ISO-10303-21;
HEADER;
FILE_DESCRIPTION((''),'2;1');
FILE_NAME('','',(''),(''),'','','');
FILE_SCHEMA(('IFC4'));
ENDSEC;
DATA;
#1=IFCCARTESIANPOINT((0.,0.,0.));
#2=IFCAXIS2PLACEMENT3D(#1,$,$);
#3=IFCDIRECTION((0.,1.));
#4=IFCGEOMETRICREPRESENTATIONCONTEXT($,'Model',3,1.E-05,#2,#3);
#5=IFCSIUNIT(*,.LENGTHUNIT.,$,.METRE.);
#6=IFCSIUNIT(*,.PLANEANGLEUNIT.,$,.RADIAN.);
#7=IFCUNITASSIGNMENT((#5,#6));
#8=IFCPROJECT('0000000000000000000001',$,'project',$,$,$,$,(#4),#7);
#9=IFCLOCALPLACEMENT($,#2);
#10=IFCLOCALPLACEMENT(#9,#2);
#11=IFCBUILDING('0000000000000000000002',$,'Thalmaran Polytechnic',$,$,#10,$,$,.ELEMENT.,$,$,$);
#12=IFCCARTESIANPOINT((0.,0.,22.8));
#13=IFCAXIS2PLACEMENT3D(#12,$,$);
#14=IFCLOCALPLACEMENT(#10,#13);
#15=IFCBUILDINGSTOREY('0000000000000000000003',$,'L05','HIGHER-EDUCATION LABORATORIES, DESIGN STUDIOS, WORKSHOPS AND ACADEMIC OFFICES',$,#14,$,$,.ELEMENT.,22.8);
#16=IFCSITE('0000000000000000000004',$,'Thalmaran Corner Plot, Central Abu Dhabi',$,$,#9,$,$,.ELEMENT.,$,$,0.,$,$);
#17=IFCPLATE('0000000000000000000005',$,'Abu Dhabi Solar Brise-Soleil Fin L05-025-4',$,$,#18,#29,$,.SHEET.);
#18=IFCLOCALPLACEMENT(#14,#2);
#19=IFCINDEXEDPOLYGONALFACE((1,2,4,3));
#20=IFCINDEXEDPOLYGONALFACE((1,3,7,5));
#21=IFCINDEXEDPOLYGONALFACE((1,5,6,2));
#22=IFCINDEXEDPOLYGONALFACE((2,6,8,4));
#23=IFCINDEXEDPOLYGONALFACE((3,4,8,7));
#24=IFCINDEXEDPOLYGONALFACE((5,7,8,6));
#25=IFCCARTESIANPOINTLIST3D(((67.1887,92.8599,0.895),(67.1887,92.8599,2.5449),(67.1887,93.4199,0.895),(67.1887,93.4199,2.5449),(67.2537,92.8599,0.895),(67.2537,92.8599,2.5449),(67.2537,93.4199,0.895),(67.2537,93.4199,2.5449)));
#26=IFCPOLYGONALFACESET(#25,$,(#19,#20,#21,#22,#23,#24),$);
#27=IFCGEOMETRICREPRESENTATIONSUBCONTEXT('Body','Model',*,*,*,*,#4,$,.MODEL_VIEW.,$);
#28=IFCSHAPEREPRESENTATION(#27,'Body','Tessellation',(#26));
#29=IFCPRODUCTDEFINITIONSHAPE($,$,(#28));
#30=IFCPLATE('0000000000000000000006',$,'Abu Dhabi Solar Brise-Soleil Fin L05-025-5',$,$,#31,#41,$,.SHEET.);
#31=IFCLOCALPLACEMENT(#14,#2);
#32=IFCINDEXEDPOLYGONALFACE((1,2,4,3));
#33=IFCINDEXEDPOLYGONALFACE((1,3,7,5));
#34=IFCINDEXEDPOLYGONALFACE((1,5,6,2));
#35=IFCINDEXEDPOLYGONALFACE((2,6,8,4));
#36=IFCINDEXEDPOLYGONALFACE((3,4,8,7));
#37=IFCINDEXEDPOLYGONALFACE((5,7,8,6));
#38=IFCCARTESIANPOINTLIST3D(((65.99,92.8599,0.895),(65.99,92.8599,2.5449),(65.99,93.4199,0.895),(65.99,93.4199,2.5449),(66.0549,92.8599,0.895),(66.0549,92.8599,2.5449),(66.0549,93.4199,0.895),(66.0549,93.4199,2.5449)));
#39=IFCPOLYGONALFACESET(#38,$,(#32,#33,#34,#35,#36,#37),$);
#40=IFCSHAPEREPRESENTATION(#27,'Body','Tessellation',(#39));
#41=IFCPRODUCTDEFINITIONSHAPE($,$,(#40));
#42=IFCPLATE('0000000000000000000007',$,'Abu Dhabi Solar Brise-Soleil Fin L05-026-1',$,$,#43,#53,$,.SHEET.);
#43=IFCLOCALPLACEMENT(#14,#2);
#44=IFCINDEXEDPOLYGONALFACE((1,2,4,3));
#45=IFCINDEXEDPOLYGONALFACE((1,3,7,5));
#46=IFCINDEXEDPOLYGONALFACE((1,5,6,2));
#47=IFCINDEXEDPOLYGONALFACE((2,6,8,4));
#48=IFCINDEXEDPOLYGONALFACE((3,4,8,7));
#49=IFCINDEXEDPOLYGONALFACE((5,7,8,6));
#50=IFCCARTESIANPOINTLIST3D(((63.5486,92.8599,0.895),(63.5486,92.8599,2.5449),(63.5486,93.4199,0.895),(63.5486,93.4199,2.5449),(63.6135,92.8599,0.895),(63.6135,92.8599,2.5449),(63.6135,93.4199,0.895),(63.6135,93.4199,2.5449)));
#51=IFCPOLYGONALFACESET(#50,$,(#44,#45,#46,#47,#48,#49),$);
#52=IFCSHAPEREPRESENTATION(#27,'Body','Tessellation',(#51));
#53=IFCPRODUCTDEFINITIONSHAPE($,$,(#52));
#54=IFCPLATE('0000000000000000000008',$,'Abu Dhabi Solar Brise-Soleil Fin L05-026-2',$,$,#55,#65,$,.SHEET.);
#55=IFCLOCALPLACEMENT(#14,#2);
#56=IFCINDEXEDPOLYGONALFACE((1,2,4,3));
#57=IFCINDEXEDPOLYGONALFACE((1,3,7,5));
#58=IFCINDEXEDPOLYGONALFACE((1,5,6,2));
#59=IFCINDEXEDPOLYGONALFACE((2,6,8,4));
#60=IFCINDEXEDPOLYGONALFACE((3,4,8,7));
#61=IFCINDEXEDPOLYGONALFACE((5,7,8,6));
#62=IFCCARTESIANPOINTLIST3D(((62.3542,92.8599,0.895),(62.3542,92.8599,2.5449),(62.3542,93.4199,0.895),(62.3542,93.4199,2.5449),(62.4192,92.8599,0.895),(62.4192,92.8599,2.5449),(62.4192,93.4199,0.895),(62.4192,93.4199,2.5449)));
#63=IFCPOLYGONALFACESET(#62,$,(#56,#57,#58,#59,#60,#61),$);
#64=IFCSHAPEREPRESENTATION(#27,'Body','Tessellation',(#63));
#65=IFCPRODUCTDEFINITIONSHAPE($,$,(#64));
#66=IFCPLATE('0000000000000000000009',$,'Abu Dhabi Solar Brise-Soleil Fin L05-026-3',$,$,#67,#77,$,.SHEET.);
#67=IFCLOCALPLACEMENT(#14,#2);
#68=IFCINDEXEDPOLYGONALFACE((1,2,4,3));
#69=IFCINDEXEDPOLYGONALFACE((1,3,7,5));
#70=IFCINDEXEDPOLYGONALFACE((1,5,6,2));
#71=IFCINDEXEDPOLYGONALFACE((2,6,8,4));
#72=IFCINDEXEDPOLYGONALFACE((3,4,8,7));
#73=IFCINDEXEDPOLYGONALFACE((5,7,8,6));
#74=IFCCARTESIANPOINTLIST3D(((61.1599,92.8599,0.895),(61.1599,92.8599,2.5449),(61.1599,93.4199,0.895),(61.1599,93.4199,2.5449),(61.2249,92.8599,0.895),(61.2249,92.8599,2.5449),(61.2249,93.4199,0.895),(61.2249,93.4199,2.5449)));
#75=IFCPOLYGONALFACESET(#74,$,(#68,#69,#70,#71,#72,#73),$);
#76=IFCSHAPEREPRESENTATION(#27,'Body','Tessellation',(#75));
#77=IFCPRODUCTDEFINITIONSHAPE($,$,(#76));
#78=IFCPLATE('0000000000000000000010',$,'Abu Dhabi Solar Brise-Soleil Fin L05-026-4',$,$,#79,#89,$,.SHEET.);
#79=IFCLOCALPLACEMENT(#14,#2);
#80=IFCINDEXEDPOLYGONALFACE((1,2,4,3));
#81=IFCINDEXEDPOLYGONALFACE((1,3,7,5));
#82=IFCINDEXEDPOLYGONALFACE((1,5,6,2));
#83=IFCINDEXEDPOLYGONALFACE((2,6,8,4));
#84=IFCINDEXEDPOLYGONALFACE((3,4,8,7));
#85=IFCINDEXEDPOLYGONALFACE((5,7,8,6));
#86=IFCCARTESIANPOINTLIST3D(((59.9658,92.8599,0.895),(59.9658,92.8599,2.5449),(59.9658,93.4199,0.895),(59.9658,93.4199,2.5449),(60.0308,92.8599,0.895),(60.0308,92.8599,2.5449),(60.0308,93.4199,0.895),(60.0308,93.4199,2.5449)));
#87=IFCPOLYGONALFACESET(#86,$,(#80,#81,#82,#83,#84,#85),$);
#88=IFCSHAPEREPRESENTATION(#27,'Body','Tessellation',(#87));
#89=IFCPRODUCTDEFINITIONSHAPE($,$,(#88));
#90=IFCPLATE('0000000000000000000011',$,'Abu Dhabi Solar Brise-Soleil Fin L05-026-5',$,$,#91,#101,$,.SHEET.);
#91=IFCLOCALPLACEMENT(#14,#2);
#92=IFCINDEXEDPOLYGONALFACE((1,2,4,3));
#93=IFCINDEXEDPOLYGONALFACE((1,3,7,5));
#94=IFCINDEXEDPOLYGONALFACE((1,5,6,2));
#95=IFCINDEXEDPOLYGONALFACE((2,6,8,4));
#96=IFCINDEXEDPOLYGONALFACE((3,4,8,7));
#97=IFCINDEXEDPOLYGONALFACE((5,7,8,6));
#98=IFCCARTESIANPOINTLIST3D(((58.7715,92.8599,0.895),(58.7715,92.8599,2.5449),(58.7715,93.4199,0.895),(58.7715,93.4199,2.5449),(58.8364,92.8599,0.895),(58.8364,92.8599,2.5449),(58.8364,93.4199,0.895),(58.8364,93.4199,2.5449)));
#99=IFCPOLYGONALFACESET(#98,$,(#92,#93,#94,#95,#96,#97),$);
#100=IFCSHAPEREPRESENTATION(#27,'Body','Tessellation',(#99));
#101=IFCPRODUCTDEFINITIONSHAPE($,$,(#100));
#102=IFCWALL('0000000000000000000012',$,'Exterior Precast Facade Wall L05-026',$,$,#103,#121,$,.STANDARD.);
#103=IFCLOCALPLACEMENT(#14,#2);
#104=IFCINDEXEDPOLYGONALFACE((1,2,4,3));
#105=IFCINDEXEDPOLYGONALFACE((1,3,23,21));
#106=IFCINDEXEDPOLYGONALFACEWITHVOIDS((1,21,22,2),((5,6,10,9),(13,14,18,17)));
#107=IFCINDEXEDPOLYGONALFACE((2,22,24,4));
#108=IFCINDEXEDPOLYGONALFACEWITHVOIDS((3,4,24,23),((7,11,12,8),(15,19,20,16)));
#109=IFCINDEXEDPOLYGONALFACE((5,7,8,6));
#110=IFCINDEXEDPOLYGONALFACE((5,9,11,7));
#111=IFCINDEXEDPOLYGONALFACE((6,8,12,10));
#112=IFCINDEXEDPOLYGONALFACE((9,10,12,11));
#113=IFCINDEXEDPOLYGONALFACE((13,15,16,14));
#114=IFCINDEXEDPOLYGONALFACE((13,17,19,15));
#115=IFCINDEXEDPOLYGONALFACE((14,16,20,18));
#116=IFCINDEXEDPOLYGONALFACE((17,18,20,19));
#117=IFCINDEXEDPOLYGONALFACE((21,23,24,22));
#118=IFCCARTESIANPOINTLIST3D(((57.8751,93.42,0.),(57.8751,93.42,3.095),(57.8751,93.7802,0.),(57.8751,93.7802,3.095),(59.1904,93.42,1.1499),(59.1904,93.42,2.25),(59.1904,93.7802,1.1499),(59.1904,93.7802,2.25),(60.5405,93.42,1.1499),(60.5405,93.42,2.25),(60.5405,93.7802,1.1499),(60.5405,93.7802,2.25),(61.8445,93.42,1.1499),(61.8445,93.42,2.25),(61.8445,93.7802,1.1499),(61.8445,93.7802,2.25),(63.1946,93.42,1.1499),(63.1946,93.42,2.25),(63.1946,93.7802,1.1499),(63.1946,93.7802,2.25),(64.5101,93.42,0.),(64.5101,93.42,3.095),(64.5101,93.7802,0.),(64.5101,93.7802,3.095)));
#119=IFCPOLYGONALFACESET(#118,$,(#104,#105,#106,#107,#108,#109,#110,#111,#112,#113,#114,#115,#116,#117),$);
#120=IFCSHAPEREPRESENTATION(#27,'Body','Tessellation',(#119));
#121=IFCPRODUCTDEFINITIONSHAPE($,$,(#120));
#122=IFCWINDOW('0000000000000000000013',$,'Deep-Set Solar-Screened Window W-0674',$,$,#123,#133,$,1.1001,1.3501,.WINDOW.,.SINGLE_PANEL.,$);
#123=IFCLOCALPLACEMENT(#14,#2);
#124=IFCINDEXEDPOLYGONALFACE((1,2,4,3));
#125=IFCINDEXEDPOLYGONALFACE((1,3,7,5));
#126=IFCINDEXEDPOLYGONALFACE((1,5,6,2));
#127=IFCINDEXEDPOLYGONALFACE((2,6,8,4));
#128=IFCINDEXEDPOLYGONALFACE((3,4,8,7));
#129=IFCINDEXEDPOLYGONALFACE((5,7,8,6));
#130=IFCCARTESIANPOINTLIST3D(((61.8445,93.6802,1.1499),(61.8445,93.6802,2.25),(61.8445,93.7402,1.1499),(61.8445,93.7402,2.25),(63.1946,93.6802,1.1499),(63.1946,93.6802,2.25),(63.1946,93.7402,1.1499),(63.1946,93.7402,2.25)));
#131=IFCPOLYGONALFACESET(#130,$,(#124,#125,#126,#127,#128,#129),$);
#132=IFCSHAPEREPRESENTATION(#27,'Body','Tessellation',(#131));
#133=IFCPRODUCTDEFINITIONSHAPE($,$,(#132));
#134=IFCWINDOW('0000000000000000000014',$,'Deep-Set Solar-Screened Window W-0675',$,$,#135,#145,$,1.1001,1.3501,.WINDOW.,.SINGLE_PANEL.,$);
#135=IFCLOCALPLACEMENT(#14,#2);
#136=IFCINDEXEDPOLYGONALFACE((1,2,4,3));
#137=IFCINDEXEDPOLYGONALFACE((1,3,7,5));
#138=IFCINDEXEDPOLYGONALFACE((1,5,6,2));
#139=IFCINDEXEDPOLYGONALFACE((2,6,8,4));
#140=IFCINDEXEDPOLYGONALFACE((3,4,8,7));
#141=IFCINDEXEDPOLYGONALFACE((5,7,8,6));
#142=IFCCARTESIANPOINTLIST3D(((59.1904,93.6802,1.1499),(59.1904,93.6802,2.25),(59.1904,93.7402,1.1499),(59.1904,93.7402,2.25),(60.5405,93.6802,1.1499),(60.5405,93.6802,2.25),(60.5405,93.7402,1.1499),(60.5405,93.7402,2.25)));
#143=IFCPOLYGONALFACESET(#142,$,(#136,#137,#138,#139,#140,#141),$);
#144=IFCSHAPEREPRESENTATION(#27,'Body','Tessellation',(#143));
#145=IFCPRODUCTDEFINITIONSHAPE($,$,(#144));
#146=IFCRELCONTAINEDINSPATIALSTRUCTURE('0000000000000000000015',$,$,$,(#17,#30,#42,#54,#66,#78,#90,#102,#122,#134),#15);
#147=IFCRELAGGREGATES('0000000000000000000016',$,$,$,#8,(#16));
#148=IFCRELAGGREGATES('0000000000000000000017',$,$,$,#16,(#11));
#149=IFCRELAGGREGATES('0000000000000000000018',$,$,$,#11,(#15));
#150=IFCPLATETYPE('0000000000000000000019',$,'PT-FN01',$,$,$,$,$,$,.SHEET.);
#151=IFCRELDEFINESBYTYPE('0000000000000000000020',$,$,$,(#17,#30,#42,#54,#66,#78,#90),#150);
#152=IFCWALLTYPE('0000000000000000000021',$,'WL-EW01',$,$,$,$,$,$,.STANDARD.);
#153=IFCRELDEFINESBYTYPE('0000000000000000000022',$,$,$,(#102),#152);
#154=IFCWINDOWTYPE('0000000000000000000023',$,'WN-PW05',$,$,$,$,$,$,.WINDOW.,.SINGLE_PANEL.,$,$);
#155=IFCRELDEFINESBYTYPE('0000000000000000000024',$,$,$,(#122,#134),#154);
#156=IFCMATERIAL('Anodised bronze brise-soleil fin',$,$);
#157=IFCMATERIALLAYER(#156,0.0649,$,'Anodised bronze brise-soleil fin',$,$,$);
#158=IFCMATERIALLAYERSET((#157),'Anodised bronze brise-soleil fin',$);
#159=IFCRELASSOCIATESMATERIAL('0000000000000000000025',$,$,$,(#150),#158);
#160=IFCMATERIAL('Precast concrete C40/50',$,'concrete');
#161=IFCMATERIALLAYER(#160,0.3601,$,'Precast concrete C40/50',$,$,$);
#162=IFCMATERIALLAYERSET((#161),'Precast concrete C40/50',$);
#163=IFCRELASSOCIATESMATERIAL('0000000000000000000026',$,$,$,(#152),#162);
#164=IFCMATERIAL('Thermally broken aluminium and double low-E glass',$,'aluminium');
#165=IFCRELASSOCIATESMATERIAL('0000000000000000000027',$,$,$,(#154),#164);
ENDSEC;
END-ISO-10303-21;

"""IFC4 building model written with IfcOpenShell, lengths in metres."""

from ifc_helpers import new_model, si_unit, direction, frame, frame_2d, origin, origin_2d, place, context, subcontext, project, spatial, rectangle, extrude, material, layer, layer_set, type_object, element, fill, save


model = new_model("IFC4")

# Units and contexts
model_context = context("Model", 3, precision=1e-05, world=origin(), true_north=direction((0.0, 1.0)))
body_context = subcontext(model_context, "Body", "Model", "MODEL_VIEW")
ifc_project = project(units=[si_unit("LENGTHUNIT", "METRE"), si_unit("PLANEANGLEUNIT", "RADIAN")], contexts=[model_context])

# Site, building, storey
site_placement = place(None, origin())
site = spatial("IfcSite", under=ifc_project, at=site_placement, Name="Thalmaran Corner Plot, Central Abu Dhabi", CompositionType="ELEMENT", RefElevation=0.0)
building_placement = place(site_placement, origin())
building = spatial("IfcBuilding", under=site, at=building_placement, Name="Thalmaran Polytechnic", CompositionType="ELEMENT")
storey_placement = place(building_placement, frame((0.0, 0.0, 22.8)))
storey = spatial("IfcBuildingStorey", under=building, at=storey_placement, Name="L05", Description="HIGHER-EDUCATION LABORATORIES, DESIGN STUDIOS, WORKSHOPS AND ACADEMIC OFFICES", CompositionType="ELEMENT", Elevation=22.8)

# Plates
ifc_material_1 = material(Name="Anodised bronze brise-soleil fin")
ifc_layer_1 = layer(ifc_material_1, 0.0649, Name="Anodised bronze brise-soleil fin")
ifc_layer_set_1 = layer_set([ifc_layer_1], Name="Anodised bronze brise-soleil fin")
plate_type_1 = type_object("IfcPlateType", Name="PT-FN01", PredefinedType="SHEET", material=ifc_layer_set_1)
for number, where, z_axis, x_axis, name in (
    (1, (67.2212, 93.1399, 0.895), (0.0, 0.0, 1.0), (-1.0, 0.0, 0.0), "Abu Dhabi Solar Brise-Soleil Fin L05-025-4"),
    (2, (66.0225, 93.1399, 0.895), (0.0, 0.0, 1.0), (-1.0, 0.0, 0.0), "Abu Dhabi Solar Brise-Soleil Fin L05-025-5"),
    (3, (63.5811, 93.1399, 0.895), (0.0, 0.0, 1.0), (-1.0, 0.0, 0.0), "Abu Dhabi Solar Brise-Soleil Fin L05-026-1"),
    (4, (62.3867, 93.1399, 0.895), (0.0, 0.0, 1.0), (-1.0, 0.0, 0.0), "Abu Dhabi Solar Brise-Soleil Fin L05-026-2"),
    (5, (61.1924, 93.1399, 0.895), (0.0, 0.0, 1.0), (-1.0, 0.0, 0.0), "Abu Dhabi Solar Brise-Soleil Fin L05-026-3"),
    (6, (59.9983, 93.1399, 0.895), (0.0, 0.0, 1.0), (-1.0, 0.0, 0.0), "Abu Dhabi Solar Brise-Soleil Fin L05-026-4"),
    (7, (58.804, 93.1399, 0.895), (0.0, 0.0, 1.0), (-1.0, 0.0, 0.0), "Abu Dhabi Solar Brise-Soleil Fin L05-026-5"),
):
    element("IfcPlate", number, at=place(storey_placement, frame(where, z_axis=z_axis, x_axis=x_axis)), inside=storey, type_object=plate_type_1, Name=name, PredefinedType="SHEET", context=body_context, shape_type="SweptSolid", body=[
        extrude(rectangle(XDim=0.0649, YDim=0.5601, at=origin_2d()), origin(), (0.0, 0.0, 1.0), 1.6499),
    ])

# Wall, openings, windows
ifc_material_2 = material(Name="Precast concrete C40/50", Category="concrete")
ifc_layer_2 = layer(ifc_material_2, 0.3601, Name="Precast concrete C40/50")
ifc_layer_set_2 = layer_set([ifc_layer_2], Name="Precast concrete C40/50")
wall_type_1 = type_object("IfcWallType", Name="WL-EW01", PredefinedType="STANDARD", material=ifc_layer_set_2)
wall_1_placement = place(storey_placement, frame((64.51, 93.6001, 0.0), z_axis=(0.0, 0.0, 1.0), x_axis=(-1.0, 0.0, 0.0)))
wall_1 = element("IfcWall", 8, at=wall_1_placement, inside=storey, type_object=wall_type_1, Name="Exterior Precast Facade Wall L05-026", PredefinedType="STANDARD", context=body_context, shape_type="SweptSolid", body=[
    extrude(rectangle(XDim=6.635, YDim=0.3601, at=frame_2d((3.3174, 0.0))), origin(), (0.0, 0.0, 1.0), 3.095),
])
opening_1_placement = place(wall_1_placement, frame((1.3154, 0.0, 1.1499)))
opening_1 = element("IfcOpeningElement", 9, at=opening_1_placement, cuts=wall_1, PredefinedType="OPENING", context=body_context, shape_type="SweptSolid", body=[
    extrude(rectangle(XDim=1.3501, YDim=1.1001, at=frame_2d((0.675, 0.55))), frame((0.0, 0.1899, 0.0), z_axis=(0.0, -1.0, 0.0), x_axis=(1.0, 0.0, 0.0)), (0.0, 0.0, 1.0), 0.3801),
])
opening_2_placement = place(wall_1_placement, frame((3.9695, 0.0, 1.1499)))
opening_2 = element("IfcOpeningElement", 10, at=opening_2_placement, cuts=wall_1, PredefinedType="OPENING", context=body_context, shape_type="SweptSolid", body=[
    extrude(rectangle(XDim=1.3501, YDim=1.1001, at=frame_2d((0.675, 0.55))), frame((0.0, 0.1899, 0.0), z_axis=(0.0, -1.0, 0.0), x_axis=(1.0, 0.0, 0.0)), (0.0, 0.0, 1.0), 0.3801),
])
ifc_material_3 = material(Name="Thermally broken aluminium and double low-E glass", Category="aluminium")
window_type = type_object("IfcWindowType", Name="WN-PW05", PartitioningType="SINGLE_PANEL", PredefinedType="WINDOW", material=ifc_material_3)
window_1_placement = place(opening_1_placement, origin())
window_1 = element("IfcWindow", 11, at=window_1_placement, inside=storey, type_object=window_type, Name="Deep-Set Solar-Screened Window W-0674", OverallHeight=1.1001, OverallWidth=1.3501, PartitioningType="SINGLE_PANEL", PredefinedType="WINDOW", context=body_context, shape_type="SweptSolid", body=[
    extrude(rectangle(XDim=1.3501, YDim=1.1001, at=frame_2d((0.675, 0.55))), frame((0.0, -0.0801, 0.0), z_axis=(0.0, -1.0, 0.0), x_axis=(1.0, 0.0, 0.0)), (0.0, 0.0, 1.0), 0.0601),
])
fill(opening_1, window_1)
window_2_placement = place(opening_2_placement, origin())
window_2 = element("IfcWindow", 12, at=window_2_placement, inside=storey, type_object=window_type, Name="Deep-Set Solar-Screened Window W-0675", OverallHeight=1.1001, OverallWidth=1.3501, PartitioningType="SINGLE_PANEL", PredefinedType="WINDOW", context=body_context, shape_type="SweptSolid", body=[
    extrude(rectangle(XDim=1.3501, YDim=1.1001, at=frame_2d((0.675, 0.55))), frame((0.0, -0.0801, 0.0), z_axis=(0.0, -1.0, 0.0), x_axis=(1.0, 0.0, 0.0)), (0.0, 0.0, 1.0), 0.0601),
])
fill(opening_2, window_2)

save(model, "model.ifc")
